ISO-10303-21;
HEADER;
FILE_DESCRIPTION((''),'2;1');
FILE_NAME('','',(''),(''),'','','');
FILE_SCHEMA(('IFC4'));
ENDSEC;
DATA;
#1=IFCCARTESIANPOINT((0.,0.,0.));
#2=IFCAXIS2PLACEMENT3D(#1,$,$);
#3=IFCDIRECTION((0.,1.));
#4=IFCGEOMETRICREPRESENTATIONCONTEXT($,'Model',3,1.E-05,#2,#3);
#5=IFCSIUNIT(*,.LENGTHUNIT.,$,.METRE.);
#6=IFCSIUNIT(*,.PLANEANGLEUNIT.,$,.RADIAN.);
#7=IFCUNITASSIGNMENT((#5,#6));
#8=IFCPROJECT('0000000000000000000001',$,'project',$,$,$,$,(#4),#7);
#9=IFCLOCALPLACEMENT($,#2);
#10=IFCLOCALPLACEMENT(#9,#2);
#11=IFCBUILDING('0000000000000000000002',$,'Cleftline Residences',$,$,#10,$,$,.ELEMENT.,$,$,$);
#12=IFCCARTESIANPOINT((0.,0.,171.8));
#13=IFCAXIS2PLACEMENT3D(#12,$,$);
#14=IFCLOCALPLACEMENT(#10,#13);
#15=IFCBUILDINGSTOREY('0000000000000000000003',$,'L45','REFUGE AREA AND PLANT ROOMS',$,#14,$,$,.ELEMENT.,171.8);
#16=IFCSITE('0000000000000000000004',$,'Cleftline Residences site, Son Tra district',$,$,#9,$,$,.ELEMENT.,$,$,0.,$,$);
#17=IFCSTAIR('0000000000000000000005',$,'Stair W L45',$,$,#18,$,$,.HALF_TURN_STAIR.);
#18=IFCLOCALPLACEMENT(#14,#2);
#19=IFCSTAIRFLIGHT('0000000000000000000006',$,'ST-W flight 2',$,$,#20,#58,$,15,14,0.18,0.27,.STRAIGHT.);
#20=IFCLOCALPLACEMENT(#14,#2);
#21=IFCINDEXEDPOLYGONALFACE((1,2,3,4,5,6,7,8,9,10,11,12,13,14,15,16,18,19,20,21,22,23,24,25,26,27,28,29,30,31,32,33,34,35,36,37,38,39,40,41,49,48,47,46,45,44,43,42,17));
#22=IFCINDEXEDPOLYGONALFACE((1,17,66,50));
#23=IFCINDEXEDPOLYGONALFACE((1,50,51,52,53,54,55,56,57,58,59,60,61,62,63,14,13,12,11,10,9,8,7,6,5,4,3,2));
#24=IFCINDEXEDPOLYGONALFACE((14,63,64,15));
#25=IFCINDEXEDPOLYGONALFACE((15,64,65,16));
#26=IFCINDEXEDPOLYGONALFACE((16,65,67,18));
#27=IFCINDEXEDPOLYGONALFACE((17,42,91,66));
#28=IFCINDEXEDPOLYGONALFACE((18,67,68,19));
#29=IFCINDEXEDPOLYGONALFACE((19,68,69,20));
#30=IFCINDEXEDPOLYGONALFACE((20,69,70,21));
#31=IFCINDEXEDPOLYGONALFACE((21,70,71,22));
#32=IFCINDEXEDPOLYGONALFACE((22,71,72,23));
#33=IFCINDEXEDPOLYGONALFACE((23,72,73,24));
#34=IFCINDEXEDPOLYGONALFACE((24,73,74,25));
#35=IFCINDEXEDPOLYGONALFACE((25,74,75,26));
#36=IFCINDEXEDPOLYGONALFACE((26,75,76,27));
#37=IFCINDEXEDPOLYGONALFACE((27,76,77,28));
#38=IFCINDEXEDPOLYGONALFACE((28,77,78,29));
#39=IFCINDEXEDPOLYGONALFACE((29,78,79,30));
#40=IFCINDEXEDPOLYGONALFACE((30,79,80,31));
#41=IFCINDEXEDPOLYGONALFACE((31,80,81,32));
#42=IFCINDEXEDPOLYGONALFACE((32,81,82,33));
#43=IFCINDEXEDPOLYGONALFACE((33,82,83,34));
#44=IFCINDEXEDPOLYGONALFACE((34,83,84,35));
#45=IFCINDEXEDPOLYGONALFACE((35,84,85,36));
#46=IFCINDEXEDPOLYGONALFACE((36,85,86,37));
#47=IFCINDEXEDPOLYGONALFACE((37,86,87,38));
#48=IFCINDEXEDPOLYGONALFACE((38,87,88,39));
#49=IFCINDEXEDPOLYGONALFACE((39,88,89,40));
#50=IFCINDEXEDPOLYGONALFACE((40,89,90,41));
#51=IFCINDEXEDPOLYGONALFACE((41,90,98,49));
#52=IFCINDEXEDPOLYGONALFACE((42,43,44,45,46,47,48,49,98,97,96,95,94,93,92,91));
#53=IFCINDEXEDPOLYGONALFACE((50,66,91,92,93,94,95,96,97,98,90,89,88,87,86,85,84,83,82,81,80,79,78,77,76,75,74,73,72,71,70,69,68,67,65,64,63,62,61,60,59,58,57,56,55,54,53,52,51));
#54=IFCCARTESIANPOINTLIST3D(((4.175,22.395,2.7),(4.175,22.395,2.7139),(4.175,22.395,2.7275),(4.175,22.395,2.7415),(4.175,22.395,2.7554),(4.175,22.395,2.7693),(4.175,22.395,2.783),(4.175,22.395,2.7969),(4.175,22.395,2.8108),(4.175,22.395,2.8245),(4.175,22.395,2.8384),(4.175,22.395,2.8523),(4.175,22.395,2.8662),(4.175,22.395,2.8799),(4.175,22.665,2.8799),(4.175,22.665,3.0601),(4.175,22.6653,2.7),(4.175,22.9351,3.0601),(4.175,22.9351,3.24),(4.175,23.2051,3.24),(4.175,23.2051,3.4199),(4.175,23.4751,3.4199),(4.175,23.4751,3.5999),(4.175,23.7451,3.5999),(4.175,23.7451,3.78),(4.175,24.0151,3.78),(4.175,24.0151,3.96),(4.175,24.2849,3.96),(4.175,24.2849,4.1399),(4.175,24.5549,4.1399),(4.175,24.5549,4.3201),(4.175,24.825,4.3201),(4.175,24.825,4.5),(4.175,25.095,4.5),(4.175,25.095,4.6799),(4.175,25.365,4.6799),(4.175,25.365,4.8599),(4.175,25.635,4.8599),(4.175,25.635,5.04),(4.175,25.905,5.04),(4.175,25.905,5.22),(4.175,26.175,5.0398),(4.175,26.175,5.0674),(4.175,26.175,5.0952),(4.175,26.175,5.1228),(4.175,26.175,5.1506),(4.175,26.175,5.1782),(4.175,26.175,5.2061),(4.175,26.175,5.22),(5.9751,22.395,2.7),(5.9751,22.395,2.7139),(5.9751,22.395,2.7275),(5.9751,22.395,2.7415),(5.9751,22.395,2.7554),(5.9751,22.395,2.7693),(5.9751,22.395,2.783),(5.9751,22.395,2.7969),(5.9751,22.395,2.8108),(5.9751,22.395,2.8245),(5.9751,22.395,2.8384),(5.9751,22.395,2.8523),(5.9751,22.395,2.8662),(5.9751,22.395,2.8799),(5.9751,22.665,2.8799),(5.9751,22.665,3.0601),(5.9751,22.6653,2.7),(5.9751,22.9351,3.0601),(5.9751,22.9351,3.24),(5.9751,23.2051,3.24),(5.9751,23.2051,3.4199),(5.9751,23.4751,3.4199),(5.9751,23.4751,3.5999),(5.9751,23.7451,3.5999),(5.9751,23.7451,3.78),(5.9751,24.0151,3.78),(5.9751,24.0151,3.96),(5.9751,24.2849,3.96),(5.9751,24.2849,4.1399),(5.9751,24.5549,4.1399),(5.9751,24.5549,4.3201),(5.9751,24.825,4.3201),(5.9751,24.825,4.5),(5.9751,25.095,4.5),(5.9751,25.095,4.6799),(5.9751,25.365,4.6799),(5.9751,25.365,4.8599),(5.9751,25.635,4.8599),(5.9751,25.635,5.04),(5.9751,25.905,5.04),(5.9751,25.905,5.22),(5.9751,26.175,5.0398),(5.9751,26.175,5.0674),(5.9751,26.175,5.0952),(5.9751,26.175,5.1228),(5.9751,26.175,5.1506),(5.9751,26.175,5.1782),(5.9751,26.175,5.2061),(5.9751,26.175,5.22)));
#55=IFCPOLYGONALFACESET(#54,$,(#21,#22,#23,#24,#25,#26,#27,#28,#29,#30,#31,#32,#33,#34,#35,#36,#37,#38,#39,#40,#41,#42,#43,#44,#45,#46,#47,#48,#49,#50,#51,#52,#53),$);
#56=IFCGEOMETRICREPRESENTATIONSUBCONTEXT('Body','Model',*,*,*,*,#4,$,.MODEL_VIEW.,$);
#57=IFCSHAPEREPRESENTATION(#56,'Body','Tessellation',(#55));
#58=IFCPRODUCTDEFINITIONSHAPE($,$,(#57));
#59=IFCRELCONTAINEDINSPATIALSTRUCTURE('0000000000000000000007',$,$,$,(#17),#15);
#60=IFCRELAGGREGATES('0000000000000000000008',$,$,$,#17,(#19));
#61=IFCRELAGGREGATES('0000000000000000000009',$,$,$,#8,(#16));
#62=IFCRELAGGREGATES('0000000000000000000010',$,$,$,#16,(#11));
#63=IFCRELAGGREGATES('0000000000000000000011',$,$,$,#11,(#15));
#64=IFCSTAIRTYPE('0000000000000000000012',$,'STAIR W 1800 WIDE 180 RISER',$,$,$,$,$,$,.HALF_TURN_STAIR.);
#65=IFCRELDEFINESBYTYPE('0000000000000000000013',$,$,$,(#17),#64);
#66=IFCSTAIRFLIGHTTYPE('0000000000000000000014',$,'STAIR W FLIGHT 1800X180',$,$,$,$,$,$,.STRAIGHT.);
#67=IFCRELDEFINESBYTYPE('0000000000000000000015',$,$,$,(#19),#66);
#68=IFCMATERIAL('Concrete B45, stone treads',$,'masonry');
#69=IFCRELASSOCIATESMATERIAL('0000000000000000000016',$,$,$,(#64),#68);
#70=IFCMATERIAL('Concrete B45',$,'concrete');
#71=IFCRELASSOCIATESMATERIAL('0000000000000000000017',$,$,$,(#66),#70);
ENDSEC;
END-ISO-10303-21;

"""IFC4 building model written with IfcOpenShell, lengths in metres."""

from ifc_helpers import new_model, si_unit, direction, frame, origin, place, context, subcontext, project, spatial, polyline, outline, extrude, material, type_object, element, aggregate, save


model = new_model("IFC4")

# Units and contexts
model_context = context("Model", 3, precision=1e-05, world=origin(), true_north=direction((0.0, 1.0)))
body_context = subcontext(model_context, "Body", "Model", "MODEL_VIEW")
ifc_project = project(units=[si_unit("LENGTHUNIT", "METRE"), si_unit("PLANEANGLEUNIT", "RADIAN")], contexts=[model_context])

# Site, building, storey
site_placement = place(None, origin())
site = spatial("IfcSite", under=ifc_project, at=site_placement, Name="Cleftline Residences site, Son Tra district", CompositionType="ELEMENT", RefElevation=0.0)
building_placement = place(site_placement, origin())
building = spatial("IfcBuilding", under=site, at=building_placement, Name="Cleftline Residences", CompositionType="ELEMENT")
storey_placement = place(building_placement, frame((0.0, 0.0, 171.8)))
storey = spatial("IfcBuildingStorey", under=building, at=storey_placement, Name="L45", Description="REFUGE AREA AND PLANT ROOMS", CompositionType="ELEMENT", Elevation=171.8)

# Stair, stair flight
ifc_material_1 = material(Name="Concrete B45, stone treads", Category="masonry")
stair_type = type_object("IfcStairType", Name="STAIR W 1800 WIDE 180 RISER", PredefinedType="HALF_TURN_STAIR", material=ifc_material_1)
stair_placement = place(storey_placement, origin())
stair = element("IfcStair", 1, at=stair_placement, inside=storey, type_object=stair_type, Name="Stair W L45", PredefinedType="HALF_TURN_STAIR")
ifc_material_2 = material(Name="Concrete B45", Category="concrete")
stair_flight_type = type_object("IfcStairFlightType", Name="STAIR W FLIGHT 1800X180", PredefinedType="STRAIGHT", material=ifc_material_2)
stair_flight_placement = place(storey_placement, frame((5.075, 22.395, 2.7), z_axis=(0.0, 0.0, 1.0), x_axis=(0.0, 1.0, 0.0)))
stair_flight = element("IfcStairFlight", 2, at=stair_flight_placement, type_object=stair_flight_type, Name="ST-W flight 2", NumberOfRisers=15, NumberOfTreads=14, PredefinedType="STRAIGHT", RiserHeight=0.18, TreadLength=0.27, context=body_context, shape_type="SweptSolid", body=[
    extrude(outline(polyline([(0.0, 0.0), (0.0, 0.0139), (0.0, 0.0276), (0.0, 0.0415), (0.0, 0.0554), (0.0, 0.0693), (0.0, 0.083), (0.0, 0.0969), (0.0, 0.1108), (0.0, 0.1245), (0.0, 0.1384), (0.0, 0.1523), (0.0, 0.1663), (0.0, 0.1799), (0.27, 0.1799), (0.27, 0.3601), (0.54, 0.3601), (0.54, 0.54), (0.8101, 0.54), (0.8101, 0.72), (1.0801, 0.72), (1.0801, 0.8999), (1.3501, 0.8999), (1.3501, 1.0801), (1.6201, 1.0801), (1.6201, 1.26), (1.8899, 1.26), (1.8899, 1.4399), (2.1599, 1.4399), (2.1599, 1.6201), (2.4299, 1.6201), (2.4299, 1.8), (2.7, 1.8), (2.7, 1.98), (2.97, 1.98), (2.97, 2.1599), (3.24, 2.1599), (3.24, 2.3401), (3.51, 2.3401), (3.51, 2.52), (3.78, 2.52), (3.78, 2.7), (3.78, 2.6724), (3.78, 2.6445), (3.78, 2.6169), (3.78, 2.5891), (3.78, 2.5615), (3.78, 2.5337), (3.78, 2.5061), (3.78, 2.4783), (3.78, 2.4507), (3.78, 2.4229), (3.78, 2.3953), (3.78, 2.3674), (3.78, 2.3398), (0.2703, 0.0), (0.0, 0.0)])), frame((0.0, 0.8999, 0.0), z_axis=(0.0, -1.0, 0.0), x_axis=(1.0, 0.0, 0.0)), (0.0, 0.0, 1.0), 1.8),
])
aggregate(stair, [stair_flight])

save(model, "model.ifc")
